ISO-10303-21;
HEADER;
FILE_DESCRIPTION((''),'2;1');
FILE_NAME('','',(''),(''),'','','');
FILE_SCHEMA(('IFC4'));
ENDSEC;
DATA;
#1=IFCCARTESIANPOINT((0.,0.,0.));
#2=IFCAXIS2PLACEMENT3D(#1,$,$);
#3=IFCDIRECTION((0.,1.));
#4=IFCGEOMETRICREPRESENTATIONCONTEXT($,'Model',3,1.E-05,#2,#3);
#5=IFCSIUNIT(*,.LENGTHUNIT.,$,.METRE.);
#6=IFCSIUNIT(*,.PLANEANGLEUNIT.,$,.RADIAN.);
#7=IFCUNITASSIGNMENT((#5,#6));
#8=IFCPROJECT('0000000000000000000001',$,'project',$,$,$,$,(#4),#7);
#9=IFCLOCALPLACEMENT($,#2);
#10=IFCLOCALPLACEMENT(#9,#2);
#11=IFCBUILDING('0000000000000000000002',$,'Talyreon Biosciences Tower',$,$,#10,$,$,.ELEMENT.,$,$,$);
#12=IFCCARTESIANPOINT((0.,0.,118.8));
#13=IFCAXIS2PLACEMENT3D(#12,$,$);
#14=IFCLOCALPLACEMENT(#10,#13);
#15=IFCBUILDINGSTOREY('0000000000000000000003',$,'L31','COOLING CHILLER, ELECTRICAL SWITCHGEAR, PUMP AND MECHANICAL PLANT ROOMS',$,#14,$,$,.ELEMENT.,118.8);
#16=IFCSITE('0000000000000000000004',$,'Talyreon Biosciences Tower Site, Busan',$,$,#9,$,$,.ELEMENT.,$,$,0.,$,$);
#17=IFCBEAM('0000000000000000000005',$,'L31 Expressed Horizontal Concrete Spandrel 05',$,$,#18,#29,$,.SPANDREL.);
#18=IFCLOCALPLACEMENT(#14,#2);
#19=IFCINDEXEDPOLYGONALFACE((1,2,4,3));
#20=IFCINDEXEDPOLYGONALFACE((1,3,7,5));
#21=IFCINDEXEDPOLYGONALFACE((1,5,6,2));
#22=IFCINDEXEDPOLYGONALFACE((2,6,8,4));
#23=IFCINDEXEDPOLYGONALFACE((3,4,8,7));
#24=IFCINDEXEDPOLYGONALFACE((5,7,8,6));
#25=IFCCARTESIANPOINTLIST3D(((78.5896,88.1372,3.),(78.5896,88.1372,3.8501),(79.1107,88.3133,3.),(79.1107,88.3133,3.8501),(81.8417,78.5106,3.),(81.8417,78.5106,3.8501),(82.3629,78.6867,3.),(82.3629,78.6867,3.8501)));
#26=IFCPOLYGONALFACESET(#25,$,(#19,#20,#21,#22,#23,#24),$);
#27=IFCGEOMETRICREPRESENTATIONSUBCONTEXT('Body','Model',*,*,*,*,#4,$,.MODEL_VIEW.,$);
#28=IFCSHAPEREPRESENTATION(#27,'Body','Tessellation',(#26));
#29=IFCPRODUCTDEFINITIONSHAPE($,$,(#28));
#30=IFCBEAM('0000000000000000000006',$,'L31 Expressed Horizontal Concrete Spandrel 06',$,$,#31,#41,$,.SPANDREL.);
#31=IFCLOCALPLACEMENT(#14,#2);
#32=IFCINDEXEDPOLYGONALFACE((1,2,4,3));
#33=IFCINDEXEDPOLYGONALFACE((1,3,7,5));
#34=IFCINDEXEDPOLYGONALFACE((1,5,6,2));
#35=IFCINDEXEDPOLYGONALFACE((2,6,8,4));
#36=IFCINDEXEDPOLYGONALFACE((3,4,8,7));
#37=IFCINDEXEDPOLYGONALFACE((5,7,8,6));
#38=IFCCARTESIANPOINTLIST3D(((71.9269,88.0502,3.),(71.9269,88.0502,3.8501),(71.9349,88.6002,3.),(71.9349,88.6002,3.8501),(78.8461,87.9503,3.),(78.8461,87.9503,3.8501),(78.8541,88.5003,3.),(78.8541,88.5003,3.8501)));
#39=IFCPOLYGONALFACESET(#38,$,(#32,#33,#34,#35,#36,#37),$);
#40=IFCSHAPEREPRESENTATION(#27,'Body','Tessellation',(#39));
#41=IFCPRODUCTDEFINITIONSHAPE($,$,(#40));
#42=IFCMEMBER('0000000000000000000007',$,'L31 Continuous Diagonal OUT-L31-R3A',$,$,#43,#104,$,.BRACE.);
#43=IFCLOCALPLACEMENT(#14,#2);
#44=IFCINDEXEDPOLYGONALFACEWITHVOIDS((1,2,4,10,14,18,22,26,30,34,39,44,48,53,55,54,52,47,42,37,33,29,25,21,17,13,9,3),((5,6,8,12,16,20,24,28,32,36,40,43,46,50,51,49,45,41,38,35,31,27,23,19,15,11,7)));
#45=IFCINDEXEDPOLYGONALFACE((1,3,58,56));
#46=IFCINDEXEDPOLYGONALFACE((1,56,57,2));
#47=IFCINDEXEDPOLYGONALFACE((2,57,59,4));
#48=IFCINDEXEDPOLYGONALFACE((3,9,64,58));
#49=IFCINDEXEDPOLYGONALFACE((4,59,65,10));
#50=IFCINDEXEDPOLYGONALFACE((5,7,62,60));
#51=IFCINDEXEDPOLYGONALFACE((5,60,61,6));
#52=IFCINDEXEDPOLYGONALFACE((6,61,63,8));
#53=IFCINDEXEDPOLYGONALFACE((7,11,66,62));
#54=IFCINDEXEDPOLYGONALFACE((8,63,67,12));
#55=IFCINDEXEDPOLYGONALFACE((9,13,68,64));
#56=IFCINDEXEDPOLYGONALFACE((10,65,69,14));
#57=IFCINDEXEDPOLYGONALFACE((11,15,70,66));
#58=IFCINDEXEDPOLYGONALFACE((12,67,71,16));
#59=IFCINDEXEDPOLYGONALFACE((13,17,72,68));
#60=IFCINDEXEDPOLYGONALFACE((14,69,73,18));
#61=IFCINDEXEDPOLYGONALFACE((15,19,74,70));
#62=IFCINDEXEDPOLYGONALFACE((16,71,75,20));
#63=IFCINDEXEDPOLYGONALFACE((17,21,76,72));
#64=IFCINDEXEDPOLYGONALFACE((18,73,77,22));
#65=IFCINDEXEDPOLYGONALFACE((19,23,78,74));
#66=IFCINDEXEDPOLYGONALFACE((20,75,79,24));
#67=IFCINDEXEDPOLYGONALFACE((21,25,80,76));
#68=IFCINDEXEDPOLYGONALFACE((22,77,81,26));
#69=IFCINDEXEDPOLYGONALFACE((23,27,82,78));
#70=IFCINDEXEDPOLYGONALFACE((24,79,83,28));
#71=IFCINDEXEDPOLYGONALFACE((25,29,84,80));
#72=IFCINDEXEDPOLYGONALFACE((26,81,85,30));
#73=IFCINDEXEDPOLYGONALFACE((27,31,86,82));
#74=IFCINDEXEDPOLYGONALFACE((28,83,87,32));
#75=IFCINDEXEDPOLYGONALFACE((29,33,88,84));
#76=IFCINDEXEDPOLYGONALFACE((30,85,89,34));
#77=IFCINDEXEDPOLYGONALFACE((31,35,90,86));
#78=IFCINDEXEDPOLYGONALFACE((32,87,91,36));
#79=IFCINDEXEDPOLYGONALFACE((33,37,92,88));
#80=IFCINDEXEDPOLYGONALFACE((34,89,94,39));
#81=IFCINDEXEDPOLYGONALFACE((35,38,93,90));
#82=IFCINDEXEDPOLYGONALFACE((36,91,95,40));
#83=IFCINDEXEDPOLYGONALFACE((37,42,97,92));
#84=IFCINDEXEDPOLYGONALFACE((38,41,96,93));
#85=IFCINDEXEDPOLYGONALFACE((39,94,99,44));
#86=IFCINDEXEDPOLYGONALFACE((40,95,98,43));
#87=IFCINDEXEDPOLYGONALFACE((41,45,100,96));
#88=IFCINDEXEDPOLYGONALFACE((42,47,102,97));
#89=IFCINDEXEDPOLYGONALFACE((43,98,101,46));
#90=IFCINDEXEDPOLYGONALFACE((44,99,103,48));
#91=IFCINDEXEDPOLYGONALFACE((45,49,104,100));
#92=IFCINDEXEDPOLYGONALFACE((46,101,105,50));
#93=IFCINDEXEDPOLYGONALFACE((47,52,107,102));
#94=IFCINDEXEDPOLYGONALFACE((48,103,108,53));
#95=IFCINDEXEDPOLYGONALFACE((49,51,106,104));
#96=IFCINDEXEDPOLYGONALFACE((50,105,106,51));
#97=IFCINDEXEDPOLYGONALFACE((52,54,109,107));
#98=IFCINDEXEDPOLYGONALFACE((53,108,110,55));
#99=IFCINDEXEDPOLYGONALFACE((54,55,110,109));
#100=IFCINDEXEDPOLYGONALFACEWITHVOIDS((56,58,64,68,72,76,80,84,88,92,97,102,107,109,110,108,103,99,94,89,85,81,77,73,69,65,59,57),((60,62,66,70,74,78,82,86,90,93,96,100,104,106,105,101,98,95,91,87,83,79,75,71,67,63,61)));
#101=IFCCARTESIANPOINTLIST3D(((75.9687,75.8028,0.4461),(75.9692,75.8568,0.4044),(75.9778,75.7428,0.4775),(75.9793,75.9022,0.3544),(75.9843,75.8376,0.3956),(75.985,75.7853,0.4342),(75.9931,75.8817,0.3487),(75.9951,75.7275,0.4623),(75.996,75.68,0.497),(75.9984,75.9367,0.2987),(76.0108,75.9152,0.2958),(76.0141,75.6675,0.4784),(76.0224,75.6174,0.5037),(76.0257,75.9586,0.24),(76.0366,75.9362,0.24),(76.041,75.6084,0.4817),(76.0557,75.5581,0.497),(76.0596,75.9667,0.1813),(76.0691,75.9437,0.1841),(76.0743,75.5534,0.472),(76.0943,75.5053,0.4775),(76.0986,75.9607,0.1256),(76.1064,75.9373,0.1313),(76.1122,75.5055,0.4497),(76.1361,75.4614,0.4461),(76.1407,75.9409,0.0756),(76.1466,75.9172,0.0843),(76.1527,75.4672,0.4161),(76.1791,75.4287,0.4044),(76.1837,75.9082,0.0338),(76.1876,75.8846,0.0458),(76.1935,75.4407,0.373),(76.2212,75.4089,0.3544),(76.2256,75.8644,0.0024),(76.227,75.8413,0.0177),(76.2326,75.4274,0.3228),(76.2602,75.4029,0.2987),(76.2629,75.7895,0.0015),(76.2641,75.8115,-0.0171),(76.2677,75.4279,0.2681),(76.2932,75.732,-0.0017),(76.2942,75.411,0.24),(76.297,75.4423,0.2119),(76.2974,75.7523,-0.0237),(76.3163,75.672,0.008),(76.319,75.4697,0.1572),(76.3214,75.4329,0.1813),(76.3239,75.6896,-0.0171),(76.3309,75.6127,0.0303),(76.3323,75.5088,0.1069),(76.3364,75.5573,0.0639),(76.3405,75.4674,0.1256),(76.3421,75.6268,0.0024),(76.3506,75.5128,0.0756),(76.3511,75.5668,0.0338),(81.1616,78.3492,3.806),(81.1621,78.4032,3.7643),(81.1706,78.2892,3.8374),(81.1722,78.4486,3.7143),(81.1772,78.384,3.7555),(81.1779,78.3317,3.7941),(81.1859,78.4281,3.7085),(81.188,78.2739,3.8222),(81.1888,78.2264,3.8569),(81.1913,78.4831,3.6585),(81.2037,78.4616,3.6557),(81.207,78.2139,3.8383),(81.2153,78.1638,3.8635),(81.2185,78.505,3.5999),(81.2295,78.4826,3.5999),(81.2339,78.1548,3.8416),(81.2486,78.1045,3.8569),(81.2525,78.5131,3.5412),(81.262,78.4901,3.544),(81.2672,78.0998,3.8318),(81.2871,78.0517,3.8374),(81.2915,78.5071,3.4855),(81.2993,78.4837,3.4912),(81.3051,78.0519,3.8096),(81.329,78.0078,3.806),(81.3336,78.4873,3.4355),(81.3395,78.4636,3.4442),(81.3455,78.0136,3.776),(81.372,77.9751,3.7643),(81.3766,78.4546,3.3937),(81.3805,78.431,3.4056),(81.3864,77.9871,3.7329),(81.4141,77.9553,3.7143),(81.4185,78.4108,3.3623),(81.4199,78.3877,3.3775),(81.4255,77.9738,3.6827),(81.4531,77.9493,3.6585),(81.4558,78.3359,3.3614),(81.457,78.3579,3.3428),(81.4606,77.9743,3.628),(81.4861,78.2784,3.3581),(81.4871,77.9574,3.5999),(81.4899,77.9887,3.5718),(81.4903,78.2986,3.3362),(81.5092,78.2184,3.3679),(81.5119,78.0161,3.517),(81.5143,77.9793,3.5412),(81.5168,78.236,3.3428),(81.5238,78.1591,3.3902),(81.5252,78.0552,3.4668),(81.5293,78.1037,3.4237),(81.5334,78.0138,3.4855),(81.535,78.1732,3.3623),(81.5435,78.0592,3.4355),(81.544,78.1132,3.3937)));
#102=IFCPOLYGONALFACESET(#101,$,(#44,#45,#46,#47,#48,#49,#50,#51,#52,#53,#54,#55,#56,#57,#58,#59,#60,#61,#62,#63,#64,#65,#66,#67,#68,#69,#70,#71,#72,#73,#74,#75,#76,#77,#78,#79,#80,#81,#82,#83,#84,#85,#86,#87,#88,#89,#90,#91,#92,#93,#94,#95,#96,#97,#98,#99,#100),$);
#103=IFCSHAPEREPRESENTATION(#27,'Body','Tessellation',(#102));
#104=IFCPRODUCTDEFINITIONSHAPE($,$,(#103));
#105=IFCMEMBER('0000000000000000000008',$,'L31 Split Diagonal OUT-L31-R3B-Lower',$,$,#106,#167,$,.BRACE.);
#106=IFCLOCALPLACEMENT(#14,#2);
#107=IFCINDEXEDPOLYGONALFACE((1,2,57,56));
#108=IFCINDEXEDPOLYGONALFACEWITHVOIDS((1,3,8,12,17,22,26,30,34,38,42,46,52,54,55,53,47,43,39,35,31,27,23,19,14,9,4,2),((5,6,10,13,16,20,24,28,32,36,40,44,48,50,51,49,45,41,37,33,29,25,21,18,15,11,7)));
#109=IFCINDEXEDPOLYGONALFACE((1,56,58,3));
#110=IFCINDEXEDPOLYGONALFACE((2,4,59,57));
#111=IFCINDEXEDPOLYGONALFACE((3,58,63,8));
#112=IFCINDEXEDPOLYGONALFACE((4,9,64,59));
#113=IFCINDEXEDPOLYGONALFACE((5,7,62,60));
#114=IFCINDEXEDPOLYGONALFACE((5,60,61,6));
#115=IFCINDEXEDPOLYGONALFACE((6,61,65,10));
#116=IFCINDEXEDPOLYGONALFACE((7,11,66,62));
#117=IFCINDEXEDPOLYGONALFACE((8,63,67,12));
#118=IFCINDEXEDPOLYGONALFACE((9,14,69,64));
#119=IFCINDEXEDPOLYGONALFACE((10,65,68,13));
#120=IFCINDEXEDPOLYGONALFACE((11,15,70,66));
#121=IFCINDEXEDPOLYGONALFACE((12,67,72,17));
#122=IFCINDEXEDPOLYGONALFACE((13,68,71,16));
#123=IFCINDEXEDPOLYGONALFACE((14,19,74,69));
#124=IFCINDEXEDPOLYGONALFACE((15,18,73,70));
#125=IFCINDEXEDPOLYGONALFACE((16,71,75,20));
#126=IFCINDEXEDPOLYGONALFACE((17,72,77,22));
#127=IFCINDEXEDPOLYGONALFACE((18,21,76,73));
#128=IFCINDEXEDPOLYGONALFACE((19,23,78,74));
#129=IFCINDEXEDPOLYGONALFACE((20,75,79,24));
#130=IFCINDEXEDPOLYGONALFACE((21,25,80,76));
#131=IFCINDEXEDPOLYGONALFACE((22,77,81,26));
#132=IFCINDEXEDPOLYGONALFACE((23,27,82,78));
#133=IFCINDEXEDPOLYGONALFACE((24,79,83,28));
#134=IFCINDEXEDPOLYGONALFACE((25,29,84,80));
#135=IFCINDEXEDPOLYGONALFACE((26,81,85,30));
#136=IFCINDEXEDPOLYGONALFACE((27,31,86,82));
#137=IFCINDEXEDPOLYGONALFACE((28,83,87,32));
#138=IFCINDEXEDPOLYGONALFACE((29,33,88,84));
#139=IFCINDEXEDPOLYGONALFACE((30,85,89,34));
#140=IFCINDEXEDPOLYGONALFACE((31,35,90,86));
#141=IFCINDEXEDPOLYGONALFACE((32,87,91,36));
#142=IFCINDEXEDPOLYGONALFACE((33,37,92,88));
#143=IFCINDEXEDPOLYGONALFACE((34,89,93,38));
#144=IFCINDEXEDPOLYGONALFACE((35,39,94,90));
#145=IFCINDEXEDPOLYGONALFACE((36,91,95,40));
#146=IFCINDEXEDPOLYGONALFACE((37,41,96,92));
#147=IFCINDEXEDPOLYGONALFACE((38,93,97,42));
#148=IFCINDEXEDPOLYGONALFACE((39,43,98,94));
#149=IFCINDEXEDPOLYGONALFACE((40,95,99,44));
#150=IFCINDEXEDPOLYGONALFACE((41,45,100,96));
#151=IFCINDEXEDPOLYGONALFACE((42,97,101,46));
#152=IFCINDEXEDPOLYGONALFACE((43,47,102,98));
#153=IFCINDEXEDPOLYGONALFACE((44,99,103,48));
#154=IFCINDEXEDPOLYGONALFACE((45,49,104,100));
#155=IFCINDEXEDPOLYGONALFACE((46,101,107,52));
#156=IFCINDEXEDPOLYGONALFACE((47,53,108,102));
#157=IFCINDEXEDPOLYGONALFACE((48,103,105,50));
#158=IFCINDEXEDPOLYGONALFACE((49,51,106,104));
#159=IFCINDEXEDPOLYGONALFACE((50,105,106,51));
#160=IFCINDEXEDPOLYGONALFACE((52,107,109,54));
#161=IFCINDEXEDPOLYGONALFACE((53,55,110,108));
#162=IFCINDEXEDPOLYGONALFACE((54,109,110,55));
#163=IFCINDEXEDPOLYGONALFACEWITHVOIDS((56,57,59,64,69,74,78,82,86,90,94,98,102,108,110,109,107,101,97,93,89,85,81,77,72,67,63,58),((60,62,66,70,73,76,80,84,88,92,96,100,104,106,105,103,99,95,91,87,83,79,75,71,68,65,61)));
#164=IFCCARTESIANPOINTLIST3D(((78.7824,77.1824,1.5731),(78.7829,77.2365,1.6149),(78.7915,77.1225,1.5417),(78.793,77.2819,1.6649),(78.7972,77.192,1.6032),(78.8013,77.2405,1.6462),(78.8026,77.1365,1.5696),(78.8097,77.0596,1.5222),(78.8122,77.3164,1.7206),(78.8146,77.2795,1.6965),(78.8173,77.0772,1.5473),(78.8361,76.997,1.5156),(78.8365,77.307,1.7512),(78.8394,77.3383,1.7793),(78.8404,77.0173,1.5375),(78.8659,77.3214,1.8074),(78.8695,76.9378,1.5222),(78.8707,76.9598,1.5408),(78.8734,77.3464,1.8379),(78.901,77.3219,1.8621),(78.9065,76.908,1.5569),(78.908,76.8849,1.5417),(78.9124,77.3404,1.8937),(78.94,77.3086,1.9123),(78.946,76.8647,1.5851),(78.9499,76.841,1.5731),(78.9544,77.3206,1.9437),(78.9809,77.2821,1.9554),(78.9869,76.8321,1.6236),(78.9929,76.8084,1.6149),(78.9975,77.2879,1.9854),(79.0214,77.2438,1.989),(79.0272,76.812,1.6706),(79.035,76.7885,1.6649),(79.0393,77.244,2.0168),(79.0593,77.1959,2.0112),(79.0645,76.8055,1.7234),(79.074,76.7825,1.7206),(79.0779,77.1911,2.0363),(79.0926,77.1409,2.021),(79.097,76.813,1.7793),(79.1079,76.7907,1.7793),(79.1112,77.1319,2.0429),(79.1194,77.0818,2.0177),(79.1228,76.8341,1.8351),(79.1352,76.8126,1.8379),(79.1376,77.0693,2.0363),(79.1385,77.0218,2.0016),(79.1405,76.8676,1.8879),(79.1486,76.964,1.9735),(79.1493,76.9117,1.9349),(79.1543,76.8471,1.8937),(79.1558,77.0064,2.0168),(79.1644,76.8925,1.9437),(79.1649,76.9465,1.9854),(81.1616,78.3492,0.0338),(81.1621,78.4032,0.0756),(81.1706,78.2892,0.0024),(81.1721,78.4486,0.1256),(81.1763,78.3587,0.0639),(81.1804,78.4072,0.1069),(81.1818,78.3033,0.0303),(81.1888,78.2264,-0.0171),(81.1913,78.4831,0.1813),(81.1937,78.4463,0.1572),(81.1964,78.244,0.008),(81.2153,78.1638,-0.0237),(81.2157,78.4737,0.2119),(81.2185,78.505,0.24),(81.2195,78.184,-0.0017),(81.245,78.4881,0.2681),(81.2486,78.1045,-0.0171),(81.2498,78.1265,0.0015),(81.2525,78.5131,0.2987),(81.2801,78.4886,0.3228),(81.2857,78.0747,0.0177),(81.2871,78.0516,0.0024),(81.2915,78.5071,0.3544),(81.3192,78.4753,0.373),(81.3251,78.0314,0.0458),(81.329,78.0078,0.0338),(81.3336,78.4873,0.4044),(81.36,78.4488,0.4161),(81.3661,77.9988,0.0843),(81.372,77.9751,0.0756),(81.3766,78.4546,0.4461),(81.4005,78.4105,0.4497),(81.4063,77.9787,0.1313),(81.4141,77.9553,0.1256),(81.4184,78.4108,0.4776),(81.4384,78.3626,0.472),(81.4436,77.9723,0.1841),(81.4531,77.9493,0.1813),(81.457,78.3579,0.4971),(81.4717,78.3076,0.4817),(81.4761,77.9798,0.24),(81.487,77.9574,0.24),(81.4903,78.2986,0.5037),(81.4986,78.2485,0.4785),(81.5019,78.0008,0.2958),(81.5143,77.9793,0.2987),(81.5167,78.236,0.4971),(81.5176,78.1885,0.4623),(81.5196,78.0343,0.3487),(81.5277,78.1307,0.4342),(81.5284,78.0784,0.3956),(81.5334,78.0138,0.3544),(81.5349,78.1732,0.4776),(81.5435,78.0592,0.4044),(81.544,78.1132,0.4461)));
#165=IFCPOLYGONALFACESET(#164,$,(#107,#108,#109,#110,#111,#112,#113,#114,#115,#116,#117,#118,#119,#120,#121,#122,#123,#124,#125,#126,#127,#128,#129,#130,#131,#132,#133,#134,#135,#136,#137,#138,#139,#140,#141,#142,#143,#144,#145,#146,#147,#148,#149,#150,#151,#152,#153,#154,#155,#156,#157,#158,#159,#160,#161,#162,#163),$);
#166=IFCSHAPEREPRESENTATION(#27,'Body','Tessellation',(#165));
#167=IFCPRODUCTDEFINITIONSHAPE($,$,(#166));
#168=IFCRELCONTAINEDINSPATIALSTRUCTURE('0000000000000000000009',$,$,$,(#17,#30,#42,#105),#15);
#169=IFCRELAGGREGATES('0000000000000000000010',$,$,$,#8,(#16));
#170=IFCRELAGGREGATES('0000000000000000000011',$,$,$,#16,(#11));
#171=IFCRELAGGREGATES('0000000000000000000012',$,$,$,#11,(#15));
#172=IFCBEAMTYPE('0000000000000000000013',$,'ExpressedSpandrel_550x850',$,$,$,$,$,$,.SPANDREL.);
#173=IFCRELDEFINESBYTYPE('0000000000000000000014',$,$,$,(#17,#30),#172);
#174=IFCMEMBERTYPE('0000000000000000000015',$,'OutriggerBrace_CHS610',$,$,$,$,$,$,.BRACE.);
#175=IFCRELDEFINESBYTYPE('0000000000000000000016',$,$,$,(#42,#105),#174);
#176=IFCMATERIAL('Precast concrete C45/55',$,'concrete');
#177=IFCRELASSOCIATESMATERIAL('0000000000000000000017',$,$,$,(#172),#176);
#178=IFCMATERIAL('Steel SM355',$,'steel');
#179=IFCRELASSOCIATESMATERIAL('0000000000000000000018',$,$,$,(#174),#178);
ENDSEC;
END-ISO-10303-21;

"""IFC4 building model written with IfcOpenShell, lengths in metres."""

from ifc_helpers import new_model, si_unit, direction, frame, origin, origin_2d, place, context, subcontext, project, spatial, rectangle, hollow_circle, extrude, material, material_profile, profile_set, type_object, element, save


model = new_model("IFC4")

# Units and contexts
model_context = context("Model", 3, precision=1e-05, world=origin(), true_north=direction((0.0, 1.0)))
body_context = subcontext(model_context, "Body", "Model", "MODEL_VIEW")
ifc_project = project(units=[si_unit("LENGTHUNIT", "METRE"), si_unit("PLANEANGLEUNIT", "RADIAN")], contexts=[model_context])

# Site, building, storey
site_placement = place(None, origin())
site = spatial("IfcSite", under=ifc_project, at=site_placement, Name="Talyreon Biosciences Tower Site, Busan", CompositionType="ELEMENT", RefElevation=0.0)
building_placement = place(site_placement, origin())
building = spatial("IfcBuilding", under=site, at=building_placement, Name="Talyreon Biosciences Tower", CompositionType="ELEMENT")
storey_placement = place(building_placement, frame((0.0, 0.0, 118.8)))
storey = spatial("IfcBuildingStorey", under=building, at=storey_placement, Name="L31", Description="COOLING CHILLER, ELECTRICAL SWITCHGEAR, PUMP AND MECHANICAL PLANT ROOMS", CompositionType="ELEMENT", Elevation=118.8)

# Shared definitions
ifc_material_1 = material(Name="Steel SM355", Category="steel")

# Beams
ifc_material_2 = material(Name="Precast concrete C45/55", Category="concrete")
ifc_material_profile_1 = material_profile(ifc_material_2, rectangle(XDim=0.55, YDim=0.8501, at=origin_2d()), Name="RCB 550x850")
ifc_profile_set_1 = profile_set([ifc_material_profile_1], Name="Precast concrete C45/55")
beam_type_1 = type_object("IfcBeamType", Name="ExpressedSpandrel_550x850", PredefinedType="SPANDREL", material=ifc_profile_set_1)
beam_1_placement = place(storey_placement, frame((82.1023, 78.5986, 3.425), z_axis=(-0.32006, 0.947397, 0.0), x_axis=(-0.947397, -0.32006, 0.0)))
element("IfcBeam", 1, at=beam_1_placement, inside=storey, type_object=beam_type_1, Name="L31 Expressed Horizontal Concrete Spandrel 05", PredefinedType="SPANDREL", context=body_context, shape_type="SweptSolid", body=[
    extrude(rectangle(XDim=0.55, YDim=0.8501, at=origin_2d()), origin(), (0.0, 0.0, 1.0), 10.1611),
])
beam_2_placement = place(storey_placement, frame((78.8501, 88.2253, 3.425), z_axis=(-0.999896, 0.01443, 0.0), x_axis=(-0.01443, -0.999896, 0.0)))
element("IfcBeam", 2, at=beam_2_placement, inside=storey, type_object=beam_type_1, Name="L31 Expressed Horizontal Concrete Spandrel 06", PredefinedType="SPANDREL", context=body_context, shape_type="SweptSolid", body=[
    extrude(rectangle(XDim=0.55, YDim=0.8501, at=origin_2d()), origin(), (0.0, 0.0, 1.0), 6.9199),
])

# Members
ifc_material_profile_2 = material_profile(ifc_material_1, hollow_circle(Radius=0.3049, WallThickness=0.0249, at=origin_2d()), Name="CHS 610x25")
ifc_profile_set_2 = profile_set([ifc_material_profile_2], Name="Steel SM355")
member_type_1 = type_object("IfcMemberType", Name="OutriggerBrace_CHS610", PredefinedType="BRACE", material=ifc_profile_set_2)
member_1_placement = place(storey_placement, frame((76.1599, 75.6848, 0.24), z_axis=(0.776365, 0.3807, 0.50232), x_axis=(-0.440277, 0.897862, 0.0)))
element("IfcMember", 3, at=member_1_placement, inside=storey, type_object=member_type_1, Name="L31 Continuous Diagonal OUT-L31-R3A", PredefinedType="BRACE", context=body_context, shape_type="SweptSolid", body=[
    extrude(hollow_circle(Radius=0.3049, WallThickness=0.0249, at=origin_2d()), origin(), (0.0, 0.0, 1.0), 6.6887),
])
member_2_placement = place(storey_placement, frame((81.3528, 78.2312, 0.24), z_axis=(-0.77636, -0.380731, 0.502304), x_axis=(0.440309, -0.897846, 0.0)))
element("IfcMember", 4, at=member_2_placement, inside=storey, type_object=member_type_1, Name="L31 Split Diagonal OUT-L31-R3B-Lower", PredefinedType="BRACE", context=body_context, shape_type="SweptSolid", body=[
    extrude(hollow_circle(Radius=0.3049, WallThickness=0.0249, at=origin_2d()), origin(), (0.0, 0.0, 1.0), 3.0645),
])

save(model, "model.ifc")
